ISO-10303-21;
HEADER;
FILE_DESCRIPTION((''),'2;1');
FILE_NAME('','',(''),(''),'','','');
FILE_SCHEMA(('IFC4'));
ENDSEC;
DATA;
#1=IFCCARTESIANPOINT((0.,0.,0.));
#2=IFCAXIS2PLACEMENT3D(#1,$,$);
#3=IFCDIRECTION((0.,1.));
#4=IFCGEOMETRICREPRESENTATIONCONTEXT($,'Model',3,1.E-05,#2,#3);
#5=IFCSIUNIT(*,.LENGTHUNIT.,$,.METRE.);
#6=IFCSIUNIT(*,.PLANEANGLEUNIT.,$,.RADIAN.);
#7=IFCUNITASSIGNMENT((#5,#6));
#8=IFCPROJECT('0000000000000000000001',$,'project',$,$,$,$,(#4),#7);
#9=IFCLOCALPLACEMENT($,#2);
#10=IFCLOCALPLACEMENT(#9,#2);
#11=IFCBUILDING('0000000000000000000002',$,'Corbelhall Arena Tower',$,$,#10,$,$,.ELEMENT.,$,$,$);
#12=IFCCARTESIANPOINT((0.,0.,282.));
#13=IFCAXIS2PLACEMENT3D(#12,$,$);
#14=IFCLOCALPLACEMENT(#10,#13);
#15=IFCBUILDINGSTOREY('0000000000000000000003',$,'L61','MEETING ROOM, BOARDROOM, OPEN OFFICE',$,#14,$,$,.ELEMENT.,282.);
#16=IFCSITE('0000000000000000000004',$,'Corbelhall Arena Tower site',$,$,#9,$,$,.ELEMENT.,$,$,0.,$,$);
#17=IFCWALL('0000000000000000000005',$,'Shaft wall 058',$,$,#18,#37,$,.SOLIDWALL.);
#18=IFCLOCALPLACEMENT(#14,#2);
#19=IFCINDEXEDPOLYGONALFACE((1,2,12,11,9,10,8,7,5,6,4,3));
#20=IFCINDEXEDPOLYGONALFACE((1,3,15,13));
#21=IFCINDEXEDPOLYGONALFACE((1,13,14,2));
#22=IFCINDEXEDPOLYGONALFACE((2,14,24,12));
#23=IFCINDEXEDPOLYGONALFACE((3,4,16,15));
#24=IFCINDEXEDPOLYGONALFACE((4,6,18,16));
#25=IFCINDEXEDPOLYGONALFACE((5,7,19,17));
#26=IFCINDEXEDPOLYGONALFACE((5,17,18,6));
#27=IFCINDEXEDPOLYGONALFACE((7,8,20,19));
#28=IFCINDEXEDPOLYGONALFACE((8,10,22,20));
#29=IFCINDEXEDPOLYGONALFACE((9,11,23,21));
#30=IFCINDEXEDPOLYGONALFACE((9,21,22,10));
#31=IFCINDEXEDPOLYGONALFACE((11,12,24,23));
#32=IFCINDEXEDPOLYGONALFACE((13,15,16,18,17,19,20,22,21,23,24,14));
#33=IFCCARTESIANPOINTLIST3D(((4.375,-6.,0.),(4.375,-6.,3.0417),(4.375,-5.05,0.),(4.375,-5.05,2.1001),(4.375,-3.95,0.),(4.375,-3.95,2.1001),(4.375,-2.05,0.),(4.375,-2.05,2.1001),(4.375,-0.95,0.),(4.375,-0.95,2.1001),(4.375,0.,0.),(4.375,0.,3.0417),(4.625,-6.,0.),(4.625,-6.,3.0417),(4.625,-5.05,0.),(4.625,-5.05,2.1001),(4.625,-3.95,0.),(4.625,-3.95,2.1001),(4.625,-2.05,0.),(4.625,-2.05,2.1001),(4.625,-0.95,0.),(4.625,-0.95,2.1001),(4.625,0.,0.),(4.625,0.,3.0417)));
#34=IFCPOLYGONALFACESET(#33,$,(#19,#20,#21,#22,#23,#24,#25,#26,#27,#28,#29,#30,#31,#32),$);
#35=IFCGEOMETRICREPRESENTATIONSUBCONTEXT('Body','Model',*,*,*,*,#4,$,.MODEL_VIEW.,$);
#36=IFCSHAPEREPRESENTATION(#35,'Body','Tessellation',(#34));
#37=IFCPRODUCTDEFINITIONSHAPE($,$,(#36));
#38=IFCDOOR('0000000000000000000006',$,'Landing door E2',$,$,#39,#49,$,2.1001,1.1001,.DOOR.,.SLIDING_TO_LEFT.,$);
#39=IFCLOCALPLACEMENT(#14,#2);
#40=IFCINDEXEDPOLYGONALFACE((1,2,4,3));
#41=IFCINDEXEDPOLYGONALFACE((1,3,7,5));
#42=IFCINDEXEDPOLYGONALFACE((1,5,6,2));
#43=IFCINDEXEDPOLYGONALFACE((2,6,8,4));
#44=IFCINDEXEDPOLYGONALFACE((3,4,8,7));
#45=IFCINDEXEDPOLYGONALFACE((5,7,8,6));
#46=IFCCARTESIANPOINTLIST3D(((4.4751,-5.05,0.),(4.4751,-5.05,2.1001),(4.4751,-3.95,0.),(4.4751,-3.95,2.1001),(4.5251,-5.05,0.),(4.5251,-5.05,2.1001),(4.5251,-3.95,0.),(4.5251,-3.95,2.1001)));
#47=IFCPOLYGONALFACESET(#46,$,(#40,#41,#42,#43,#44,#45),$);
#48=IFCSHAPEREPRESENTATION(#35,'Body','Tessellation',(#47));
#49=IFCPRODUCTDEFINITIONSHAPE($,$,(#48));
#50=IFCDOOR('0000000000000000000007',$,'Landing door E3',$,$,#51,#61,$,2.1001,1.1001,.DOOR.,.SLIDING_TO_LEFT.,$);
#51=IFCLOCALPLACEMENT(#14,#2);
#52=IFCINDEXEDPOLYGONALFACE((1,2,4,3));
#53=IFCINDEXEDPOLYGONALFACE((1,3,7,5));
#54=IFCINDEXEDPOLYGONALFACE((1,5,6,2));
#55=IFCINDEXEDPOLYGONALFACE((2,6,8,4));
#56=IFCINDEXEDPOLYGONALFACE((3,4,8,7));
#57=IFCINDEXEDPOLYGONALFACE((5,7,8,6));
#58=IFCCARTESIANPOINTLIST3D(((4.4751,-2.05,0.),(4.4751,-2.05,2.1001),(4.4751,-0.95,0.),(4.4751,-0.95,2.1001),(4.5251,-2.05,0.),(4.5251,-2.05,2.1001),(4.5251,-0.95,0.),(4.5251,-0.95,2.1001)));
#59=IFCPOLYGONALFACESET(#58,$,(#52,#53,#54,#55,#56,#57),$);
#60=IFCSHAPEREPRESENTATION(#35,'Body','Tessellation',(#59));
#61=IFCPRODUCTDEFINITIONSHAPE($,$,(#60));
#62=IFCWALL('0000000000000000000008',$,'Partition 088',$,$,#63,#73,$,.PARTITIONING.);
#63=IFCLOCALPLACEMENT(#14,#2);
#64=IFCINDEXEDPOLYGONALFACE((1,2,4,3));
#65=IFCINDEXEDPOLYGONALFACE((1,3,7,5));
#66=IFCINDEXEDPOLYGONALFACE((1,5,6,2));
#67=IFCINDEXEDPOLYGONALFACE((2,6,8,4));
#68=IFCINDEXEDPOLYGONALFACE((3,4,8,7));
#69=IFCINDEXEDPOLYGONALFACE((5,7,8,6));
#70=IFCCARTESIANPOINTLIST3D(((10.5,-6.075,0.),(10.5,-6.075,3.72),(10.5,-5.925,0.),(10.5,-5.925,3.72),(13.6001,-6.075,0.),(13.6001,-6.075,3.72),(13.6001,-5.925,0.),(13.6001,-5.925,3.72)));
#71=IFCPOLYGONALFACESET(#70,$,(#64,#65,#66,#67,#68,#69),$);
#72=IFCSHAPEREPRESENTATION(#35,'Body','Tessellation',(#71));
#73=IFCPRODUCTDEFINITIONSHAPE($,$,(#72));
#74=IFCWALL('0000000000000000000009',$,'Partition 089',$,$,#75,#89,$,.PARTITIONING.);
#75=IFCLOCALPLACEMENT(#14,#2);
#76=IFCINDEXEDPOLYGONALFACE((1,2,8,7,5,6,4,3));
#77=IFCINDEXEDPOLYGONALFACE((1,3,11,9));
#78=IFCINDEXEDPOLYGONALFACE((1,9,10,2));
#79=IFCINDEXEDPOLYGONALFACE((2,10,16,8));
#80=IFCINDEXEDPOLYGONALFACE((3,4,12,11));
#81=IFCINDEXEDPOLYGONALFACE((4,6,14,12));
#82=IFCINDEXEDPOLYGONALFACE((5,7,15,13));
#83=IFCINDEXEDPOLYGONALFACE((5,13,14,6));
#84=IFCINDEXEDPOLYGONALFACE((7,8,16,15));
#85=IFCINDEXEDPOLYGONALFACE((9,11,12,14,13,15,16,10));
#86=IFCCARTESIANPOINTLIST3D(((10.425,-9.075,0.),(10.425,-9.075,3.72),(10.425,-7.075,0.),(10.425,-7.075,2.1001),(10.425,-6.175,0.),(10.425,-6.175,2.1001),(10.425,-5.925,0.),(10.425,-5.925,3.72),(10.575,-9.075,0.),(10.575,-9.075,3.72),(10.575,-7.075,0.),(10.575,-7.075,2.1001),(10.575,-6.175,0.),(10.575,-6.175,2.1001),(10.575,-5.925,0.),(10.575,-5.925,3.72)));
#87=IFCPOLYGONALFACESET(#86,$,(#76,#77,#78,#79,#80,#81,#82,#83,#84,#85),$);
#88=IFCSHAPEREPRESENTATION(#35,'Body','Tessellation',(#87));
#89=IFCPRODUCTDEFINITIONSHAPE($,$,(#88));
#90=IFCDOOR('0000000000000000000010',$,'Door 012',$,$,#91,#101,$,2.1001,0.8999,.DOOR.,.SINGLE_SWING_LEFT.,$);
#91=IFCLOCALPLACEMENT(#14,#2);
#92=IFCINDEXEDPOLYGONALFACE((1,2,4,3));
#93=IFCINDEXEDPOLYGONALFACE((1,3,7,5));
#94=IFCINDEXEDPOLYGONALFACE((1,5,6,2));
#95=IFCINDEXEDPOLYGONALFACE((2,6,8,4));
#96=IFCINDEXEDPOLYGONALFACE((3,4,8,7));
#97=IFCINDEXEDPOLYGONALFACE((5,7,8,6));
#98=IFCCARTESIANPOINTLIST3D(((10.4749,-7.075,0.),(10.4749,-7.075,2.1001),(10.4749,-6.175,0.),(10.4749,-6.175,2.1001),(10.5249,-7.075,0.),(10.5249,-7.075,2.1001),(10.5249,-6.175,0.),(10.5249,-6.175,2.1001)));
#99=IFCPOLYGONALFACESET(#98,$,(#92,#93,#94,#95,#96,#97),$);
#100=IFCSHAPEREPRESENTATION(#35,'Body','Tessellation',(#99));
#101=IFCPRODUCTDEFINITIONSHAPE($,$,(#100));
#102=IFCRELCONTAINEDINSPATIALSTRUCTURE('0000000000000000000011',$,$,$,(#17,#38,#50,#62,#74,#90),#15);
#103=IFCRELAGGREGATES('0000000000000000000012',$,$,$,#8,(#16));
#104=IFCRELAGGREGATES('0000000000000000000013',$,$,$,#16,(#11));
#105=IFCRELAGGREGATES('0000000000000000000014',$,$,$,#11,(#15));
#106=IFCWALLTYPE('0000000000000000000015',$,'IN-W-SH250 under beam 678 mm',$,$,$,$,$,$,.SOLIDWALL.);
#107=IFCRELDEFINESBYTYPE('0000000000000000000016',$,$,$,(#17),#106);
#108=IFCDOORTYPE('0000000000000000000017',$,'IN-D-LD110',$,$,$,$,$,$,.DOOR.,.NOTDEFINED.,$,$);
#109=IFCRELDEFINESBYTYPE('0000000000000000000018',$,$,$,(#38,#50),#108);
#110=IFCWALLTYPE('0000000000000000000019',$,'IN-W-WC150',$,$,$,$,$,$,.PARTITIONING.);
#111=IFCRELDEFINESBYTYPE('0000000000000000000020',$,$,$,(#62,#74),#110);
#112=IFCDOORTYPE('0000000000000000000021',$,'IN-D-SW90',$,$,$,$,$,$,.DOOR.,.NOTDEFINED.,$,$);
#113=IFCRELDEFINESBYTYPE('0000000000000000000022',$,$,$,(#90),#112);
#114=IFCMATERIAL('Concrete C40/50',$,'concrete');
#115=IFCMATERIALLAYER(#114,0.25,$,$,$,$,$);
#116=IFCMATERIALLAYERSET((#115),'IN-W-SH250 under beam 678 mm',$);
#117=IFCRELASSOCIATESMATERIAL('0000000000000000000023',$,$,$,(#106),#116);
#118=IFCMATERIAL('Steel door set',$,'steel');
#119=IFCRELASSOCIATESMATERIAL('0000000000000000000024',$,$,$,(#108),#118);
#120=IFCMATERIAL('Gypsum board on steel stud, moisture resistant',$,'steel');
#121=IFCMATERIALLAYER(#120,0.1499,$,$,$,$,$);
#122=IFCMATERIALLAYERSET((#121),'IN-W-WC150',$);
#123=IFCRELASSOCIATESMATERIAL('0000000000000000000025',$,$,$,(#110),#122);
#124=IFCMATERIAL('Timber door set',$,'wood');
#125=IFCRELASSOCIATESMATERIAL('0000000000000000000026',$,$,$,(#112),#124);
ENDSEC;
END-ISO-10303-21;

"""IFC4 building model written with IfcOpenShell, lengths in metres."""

from ifc_helpers import new_model, si_unit, direction, frame, frame_2d, origin, place, context, subcontext, project, spatial, rectangle, extrude, material, layer, layer_set, type_object, element, fill, save


model = new_model("IFC4")

# Units and contexts
model_context = context("Model", 3, precision=1e-05, world=origin(), true_north=direction((0.0, 1.0)))
body_context = subcontext(model_context, "Body", "Model", "MODEL_VIEW")
ifc_project = project(units=[si_unit("LENGTHUNIT", "METRE"), si_unit("PLANEANGLEUNIT", "RADIAN")], contexts=[model_context])

# Site, building, storey
site_placement = place(None, origin())
site = spatial("IfcSite", under=ifc_project, at=site_placement, Name="Corbelhall Arena Tower site", CompositionType="ELEMENT", RefElevation=0.0)
building_placement = place(site_placement, origin())
building = spatial("IfcBuilding", under=site, at=building_placement, Name="Corbelhall Arena Tower", CompositionType="ELEMENT")
storey_placement = place(building_placement, frame((0.0, 0.0, 282.0)))
storey = spatial("IfcBuildingStorey", under=building, at=storey_placement, Name="L61", Description="MEETING ROOM, BOARDROOM, OPEN OFFICE", CompositionType="ELEMENT", Elevation=282.0)

# Shared definitions
ifc_material_1 = material(Name="Concrete C40/50", Category="concrete")

# Shared definitions
ifc_material_2 = material(Name="Steel door set", Category="steel")

# Wall, openings, doors
ifc_layer_1 = layer(ifc_material_1, 0.25)
ifc_layer_set_1 = layer_set([ifc_layer_1], Name="IN-W-SH250 under beam 678 mm")
wall_type_1 = type_object("IfcWallType", Name="IN-W-SH250 under beam 678 mm", PredefinedType="SOLIDWALL", material=ifc_layer_set_1)
wall_1_placement = place(storey_placement, frame((4.5, -6.0, 0.0), z_axis=(0.0, 0.0, 1.0), x_axis=(0.0, 1.0, 0.0)))
wall_1 = element("IfcWall", 1, at=wall_1_placement, inside=storey, type_object=wall_type_1, Name="Shaft wall 058", PredefinedType="SOLIDWALL", context=body_context, shape_type="SweptSolid", body=[
    extrude(rectangle(XDim=6.0, YDim=0.25, at=frame_2d((3.0, 0.0))), origin(), (0.0, 0.0, 1.0), 3.0417),
])
opening_1_placement = place(wall_1_placement, frame((0.95, 0.0, 0.0)))
opening_1 = element("IfcOpeningElement", 2, at=opening_1_placement, cuts=wall_1, PredefinedType="OPENING", context=body_context, shape_type="SweptSolid", body=[
    extrude(rectangle(XDim=1.1001, YDim=2.1001, at=frame_2d((0.55, 1.05))), frame((0.0, 0.125, 0.0), z_axis=(0.0, -1.0, 0.0), x_axis=(1.0, 0.0, 0.0)), (0.0, 0.0, 1.0), 0.25),
])
opening_2_placement = place(wall_1_placement, frame((3.95, 0.0, 0.0)))
opening_2 = element("IfcOpeningElement", 3, at=opening_2_placement, cuts=wall_1, PredefinedType="OPENING", context=body_context, shape_type="SweptSolid", body=[
    extrude(rectangle(XDim=1.1001, YDim=2.1001, at=frame_2d((0.55, 1.05))), frame((0.0, 0.125, 0.0), z_axis=(0.0, -1.0, 0.0), x_axis=(1.0, 0.0, 0.0)), (0.0, 0.0, 1.0), 0.25),
])
door_type_1 = type_object("IfcDoorType", Name="IN-D-LD110", OperationType="NOTDEFINED", PredefinedType="DOOR", material=ifc_material_2)
door_1_placement = place(opening_1_placement, origin())
door_1 = element("IfcDoor", 4, at=door_1_placement, inside=storey, type_object=door_type_1, Name="Landing door E2", OperationType="SLIDING_TO_LEFT", OverallHeight=2.1001, OverallWidth=1.1001, PredefinedType="DOOR", context=body_context, shape_type="SweptSolid", body=[
    extrude(rectangle(XDim=1.1001, YDim=2.1001, at=frame_2d((0.55, 1.05))), frame((0.0, 0.0249, 0.0), z_axis=(0.0, -1.0, 0.0), x_axis=(1.0, 0.0, 0.0)), (0.0, 0.0, 1.0), 0.05),
])
fill(opening_1, door_1)
door_2_placement = place(opening_2_placement, origin())
door_2 = element("IfcDoor", 5, at=door_2_placement, inside=storey, type_object=door_type_1, Name="Landing door E3", OperationType="SLIDING_TO_LEFT", OverallHeight=2.1001, OverallWidth=1.1001, PredefinedType="DOOR", context=body_context, shape_type="SweptSolid", body=[
    extrude(rectangle(XDim=1.1001, YDim=2.1001, at=frame_2d((0.55, 1.05))), frame((0.0, 0.0249, 0.0), z_axis=(0.0, -1.0, 0.0), x_axis=(1.0, 0.0, 0.0)), (0.0, 0.0, 1.0), 0.05),
])
fill(opening_2, door_2)

# Wall
ifc_material_3 = material(Name="Gypsum board on steel stud, moisture resistant", Category="steel")
ifc_layer_2 = layer(ifc_material_3, 0.1499)
ifc_layer_set_2 = layer_set([ifc_layer_2], Name="IN-W-WC150")
wall_type_2 = type_object("IfcWallType", Name="IN-W-WC150", PredefinedType="PARTITIONING", material=ifc_layer_set_2)
wall_2_placement = place(storey_placement, frame((10.5, -6.0, 0.0), z_axis=(0.0, 0.0, 1.0), x_axis=(1.0, 0.0, 0.0)))
element("IfcWall", 6, at=wall_2_placement, inside=storey, type_object=wall_type_2, Name="Partition 088", PredefinedType="PARTITIONING", context=body_context, shape_type="SweptSolid", body=[
    extrude(rectangle(XDim=3.1001, YDim=0.1499, at=frame_2d((1.55, 0.0))), origin(), (0.0, 0.0, 1.0), 3.72),
])

# Wall, opening, door
wall_3_placement = place(storey_placement, frame((10.5, -5.925, 0.0), z_axis=(0.0, 0.0, 1.0), x_axis=(0.0, -1.0, 0.0)))
wall_3 = element("IfcWall", 7, at=wall_3_placement, inside=storey, type_object=wall_type_2, Name="Partition 089", PredefinedType="PARTITIONING", context=body_context, shape_type="SweptSolid", body=[
    extrude(rectangle(XDim=3.1499, YDim=0.1499, at=frame_2d((1.575, 0.0))), origin(), (0.0, 0.0, 1.0), 3.72),
])
opening_3_placement = place(wall_3_placement, frame((0.25, 0.0, 0.0)))
opening_3 = element("IfcOpeningElement", 8, at=opening_3_placement, cuts=wall_3, PredefinedType="OPENING", context=body_context, shape_type="SweptSolid", body=[
    extrude(rectangle(XDim=0.8999, YDim=2.1001, at=frame_2d((0.45, 1.05))), frame((0.0, 0.075, 0.0), z_axis=(0.0, -1.0, 0.0), x_axis=(1.0, 0.0, 0.0)), (0.0, 0.0, 1.0), 0.1499),
])
ifc_material_4 = material(Name="Timber door set", Category="wood")
door_type_2 = type_object("IfcDoorType", Name="IN-D-SW90", OperationType="NOTDEFINED", PredefinedType="DOOR", material=ifc_material_4)
door_3_placement = place(opening_3_placement, origin())
door_3 = element("IfcDoor", 9, at=door_3_placement, inside=storey, type_object=door_type_2, Name="Door 012", OperationType="SINGLE_SWING_LEFT", OverallHeight=2.1001, OverallWidth=0.8999, PredefinedType="DOOR", context=body_context, shape_type="SweptSolid", body=[
    extrude(rectangle(XDim=0.8999, YDim=2.1001, at=frame_2d((0.45, 1.05))), frame((0.0, 0.0249, 0.0), z_axis=(0.0, -1.0, 0.0), x_axis=(1.0, 0.0, 0.0)), (0.0, 0.0, 1.0), 0.05),
])
fill(opening_3, door_3)

save(model, "model.ifc")
